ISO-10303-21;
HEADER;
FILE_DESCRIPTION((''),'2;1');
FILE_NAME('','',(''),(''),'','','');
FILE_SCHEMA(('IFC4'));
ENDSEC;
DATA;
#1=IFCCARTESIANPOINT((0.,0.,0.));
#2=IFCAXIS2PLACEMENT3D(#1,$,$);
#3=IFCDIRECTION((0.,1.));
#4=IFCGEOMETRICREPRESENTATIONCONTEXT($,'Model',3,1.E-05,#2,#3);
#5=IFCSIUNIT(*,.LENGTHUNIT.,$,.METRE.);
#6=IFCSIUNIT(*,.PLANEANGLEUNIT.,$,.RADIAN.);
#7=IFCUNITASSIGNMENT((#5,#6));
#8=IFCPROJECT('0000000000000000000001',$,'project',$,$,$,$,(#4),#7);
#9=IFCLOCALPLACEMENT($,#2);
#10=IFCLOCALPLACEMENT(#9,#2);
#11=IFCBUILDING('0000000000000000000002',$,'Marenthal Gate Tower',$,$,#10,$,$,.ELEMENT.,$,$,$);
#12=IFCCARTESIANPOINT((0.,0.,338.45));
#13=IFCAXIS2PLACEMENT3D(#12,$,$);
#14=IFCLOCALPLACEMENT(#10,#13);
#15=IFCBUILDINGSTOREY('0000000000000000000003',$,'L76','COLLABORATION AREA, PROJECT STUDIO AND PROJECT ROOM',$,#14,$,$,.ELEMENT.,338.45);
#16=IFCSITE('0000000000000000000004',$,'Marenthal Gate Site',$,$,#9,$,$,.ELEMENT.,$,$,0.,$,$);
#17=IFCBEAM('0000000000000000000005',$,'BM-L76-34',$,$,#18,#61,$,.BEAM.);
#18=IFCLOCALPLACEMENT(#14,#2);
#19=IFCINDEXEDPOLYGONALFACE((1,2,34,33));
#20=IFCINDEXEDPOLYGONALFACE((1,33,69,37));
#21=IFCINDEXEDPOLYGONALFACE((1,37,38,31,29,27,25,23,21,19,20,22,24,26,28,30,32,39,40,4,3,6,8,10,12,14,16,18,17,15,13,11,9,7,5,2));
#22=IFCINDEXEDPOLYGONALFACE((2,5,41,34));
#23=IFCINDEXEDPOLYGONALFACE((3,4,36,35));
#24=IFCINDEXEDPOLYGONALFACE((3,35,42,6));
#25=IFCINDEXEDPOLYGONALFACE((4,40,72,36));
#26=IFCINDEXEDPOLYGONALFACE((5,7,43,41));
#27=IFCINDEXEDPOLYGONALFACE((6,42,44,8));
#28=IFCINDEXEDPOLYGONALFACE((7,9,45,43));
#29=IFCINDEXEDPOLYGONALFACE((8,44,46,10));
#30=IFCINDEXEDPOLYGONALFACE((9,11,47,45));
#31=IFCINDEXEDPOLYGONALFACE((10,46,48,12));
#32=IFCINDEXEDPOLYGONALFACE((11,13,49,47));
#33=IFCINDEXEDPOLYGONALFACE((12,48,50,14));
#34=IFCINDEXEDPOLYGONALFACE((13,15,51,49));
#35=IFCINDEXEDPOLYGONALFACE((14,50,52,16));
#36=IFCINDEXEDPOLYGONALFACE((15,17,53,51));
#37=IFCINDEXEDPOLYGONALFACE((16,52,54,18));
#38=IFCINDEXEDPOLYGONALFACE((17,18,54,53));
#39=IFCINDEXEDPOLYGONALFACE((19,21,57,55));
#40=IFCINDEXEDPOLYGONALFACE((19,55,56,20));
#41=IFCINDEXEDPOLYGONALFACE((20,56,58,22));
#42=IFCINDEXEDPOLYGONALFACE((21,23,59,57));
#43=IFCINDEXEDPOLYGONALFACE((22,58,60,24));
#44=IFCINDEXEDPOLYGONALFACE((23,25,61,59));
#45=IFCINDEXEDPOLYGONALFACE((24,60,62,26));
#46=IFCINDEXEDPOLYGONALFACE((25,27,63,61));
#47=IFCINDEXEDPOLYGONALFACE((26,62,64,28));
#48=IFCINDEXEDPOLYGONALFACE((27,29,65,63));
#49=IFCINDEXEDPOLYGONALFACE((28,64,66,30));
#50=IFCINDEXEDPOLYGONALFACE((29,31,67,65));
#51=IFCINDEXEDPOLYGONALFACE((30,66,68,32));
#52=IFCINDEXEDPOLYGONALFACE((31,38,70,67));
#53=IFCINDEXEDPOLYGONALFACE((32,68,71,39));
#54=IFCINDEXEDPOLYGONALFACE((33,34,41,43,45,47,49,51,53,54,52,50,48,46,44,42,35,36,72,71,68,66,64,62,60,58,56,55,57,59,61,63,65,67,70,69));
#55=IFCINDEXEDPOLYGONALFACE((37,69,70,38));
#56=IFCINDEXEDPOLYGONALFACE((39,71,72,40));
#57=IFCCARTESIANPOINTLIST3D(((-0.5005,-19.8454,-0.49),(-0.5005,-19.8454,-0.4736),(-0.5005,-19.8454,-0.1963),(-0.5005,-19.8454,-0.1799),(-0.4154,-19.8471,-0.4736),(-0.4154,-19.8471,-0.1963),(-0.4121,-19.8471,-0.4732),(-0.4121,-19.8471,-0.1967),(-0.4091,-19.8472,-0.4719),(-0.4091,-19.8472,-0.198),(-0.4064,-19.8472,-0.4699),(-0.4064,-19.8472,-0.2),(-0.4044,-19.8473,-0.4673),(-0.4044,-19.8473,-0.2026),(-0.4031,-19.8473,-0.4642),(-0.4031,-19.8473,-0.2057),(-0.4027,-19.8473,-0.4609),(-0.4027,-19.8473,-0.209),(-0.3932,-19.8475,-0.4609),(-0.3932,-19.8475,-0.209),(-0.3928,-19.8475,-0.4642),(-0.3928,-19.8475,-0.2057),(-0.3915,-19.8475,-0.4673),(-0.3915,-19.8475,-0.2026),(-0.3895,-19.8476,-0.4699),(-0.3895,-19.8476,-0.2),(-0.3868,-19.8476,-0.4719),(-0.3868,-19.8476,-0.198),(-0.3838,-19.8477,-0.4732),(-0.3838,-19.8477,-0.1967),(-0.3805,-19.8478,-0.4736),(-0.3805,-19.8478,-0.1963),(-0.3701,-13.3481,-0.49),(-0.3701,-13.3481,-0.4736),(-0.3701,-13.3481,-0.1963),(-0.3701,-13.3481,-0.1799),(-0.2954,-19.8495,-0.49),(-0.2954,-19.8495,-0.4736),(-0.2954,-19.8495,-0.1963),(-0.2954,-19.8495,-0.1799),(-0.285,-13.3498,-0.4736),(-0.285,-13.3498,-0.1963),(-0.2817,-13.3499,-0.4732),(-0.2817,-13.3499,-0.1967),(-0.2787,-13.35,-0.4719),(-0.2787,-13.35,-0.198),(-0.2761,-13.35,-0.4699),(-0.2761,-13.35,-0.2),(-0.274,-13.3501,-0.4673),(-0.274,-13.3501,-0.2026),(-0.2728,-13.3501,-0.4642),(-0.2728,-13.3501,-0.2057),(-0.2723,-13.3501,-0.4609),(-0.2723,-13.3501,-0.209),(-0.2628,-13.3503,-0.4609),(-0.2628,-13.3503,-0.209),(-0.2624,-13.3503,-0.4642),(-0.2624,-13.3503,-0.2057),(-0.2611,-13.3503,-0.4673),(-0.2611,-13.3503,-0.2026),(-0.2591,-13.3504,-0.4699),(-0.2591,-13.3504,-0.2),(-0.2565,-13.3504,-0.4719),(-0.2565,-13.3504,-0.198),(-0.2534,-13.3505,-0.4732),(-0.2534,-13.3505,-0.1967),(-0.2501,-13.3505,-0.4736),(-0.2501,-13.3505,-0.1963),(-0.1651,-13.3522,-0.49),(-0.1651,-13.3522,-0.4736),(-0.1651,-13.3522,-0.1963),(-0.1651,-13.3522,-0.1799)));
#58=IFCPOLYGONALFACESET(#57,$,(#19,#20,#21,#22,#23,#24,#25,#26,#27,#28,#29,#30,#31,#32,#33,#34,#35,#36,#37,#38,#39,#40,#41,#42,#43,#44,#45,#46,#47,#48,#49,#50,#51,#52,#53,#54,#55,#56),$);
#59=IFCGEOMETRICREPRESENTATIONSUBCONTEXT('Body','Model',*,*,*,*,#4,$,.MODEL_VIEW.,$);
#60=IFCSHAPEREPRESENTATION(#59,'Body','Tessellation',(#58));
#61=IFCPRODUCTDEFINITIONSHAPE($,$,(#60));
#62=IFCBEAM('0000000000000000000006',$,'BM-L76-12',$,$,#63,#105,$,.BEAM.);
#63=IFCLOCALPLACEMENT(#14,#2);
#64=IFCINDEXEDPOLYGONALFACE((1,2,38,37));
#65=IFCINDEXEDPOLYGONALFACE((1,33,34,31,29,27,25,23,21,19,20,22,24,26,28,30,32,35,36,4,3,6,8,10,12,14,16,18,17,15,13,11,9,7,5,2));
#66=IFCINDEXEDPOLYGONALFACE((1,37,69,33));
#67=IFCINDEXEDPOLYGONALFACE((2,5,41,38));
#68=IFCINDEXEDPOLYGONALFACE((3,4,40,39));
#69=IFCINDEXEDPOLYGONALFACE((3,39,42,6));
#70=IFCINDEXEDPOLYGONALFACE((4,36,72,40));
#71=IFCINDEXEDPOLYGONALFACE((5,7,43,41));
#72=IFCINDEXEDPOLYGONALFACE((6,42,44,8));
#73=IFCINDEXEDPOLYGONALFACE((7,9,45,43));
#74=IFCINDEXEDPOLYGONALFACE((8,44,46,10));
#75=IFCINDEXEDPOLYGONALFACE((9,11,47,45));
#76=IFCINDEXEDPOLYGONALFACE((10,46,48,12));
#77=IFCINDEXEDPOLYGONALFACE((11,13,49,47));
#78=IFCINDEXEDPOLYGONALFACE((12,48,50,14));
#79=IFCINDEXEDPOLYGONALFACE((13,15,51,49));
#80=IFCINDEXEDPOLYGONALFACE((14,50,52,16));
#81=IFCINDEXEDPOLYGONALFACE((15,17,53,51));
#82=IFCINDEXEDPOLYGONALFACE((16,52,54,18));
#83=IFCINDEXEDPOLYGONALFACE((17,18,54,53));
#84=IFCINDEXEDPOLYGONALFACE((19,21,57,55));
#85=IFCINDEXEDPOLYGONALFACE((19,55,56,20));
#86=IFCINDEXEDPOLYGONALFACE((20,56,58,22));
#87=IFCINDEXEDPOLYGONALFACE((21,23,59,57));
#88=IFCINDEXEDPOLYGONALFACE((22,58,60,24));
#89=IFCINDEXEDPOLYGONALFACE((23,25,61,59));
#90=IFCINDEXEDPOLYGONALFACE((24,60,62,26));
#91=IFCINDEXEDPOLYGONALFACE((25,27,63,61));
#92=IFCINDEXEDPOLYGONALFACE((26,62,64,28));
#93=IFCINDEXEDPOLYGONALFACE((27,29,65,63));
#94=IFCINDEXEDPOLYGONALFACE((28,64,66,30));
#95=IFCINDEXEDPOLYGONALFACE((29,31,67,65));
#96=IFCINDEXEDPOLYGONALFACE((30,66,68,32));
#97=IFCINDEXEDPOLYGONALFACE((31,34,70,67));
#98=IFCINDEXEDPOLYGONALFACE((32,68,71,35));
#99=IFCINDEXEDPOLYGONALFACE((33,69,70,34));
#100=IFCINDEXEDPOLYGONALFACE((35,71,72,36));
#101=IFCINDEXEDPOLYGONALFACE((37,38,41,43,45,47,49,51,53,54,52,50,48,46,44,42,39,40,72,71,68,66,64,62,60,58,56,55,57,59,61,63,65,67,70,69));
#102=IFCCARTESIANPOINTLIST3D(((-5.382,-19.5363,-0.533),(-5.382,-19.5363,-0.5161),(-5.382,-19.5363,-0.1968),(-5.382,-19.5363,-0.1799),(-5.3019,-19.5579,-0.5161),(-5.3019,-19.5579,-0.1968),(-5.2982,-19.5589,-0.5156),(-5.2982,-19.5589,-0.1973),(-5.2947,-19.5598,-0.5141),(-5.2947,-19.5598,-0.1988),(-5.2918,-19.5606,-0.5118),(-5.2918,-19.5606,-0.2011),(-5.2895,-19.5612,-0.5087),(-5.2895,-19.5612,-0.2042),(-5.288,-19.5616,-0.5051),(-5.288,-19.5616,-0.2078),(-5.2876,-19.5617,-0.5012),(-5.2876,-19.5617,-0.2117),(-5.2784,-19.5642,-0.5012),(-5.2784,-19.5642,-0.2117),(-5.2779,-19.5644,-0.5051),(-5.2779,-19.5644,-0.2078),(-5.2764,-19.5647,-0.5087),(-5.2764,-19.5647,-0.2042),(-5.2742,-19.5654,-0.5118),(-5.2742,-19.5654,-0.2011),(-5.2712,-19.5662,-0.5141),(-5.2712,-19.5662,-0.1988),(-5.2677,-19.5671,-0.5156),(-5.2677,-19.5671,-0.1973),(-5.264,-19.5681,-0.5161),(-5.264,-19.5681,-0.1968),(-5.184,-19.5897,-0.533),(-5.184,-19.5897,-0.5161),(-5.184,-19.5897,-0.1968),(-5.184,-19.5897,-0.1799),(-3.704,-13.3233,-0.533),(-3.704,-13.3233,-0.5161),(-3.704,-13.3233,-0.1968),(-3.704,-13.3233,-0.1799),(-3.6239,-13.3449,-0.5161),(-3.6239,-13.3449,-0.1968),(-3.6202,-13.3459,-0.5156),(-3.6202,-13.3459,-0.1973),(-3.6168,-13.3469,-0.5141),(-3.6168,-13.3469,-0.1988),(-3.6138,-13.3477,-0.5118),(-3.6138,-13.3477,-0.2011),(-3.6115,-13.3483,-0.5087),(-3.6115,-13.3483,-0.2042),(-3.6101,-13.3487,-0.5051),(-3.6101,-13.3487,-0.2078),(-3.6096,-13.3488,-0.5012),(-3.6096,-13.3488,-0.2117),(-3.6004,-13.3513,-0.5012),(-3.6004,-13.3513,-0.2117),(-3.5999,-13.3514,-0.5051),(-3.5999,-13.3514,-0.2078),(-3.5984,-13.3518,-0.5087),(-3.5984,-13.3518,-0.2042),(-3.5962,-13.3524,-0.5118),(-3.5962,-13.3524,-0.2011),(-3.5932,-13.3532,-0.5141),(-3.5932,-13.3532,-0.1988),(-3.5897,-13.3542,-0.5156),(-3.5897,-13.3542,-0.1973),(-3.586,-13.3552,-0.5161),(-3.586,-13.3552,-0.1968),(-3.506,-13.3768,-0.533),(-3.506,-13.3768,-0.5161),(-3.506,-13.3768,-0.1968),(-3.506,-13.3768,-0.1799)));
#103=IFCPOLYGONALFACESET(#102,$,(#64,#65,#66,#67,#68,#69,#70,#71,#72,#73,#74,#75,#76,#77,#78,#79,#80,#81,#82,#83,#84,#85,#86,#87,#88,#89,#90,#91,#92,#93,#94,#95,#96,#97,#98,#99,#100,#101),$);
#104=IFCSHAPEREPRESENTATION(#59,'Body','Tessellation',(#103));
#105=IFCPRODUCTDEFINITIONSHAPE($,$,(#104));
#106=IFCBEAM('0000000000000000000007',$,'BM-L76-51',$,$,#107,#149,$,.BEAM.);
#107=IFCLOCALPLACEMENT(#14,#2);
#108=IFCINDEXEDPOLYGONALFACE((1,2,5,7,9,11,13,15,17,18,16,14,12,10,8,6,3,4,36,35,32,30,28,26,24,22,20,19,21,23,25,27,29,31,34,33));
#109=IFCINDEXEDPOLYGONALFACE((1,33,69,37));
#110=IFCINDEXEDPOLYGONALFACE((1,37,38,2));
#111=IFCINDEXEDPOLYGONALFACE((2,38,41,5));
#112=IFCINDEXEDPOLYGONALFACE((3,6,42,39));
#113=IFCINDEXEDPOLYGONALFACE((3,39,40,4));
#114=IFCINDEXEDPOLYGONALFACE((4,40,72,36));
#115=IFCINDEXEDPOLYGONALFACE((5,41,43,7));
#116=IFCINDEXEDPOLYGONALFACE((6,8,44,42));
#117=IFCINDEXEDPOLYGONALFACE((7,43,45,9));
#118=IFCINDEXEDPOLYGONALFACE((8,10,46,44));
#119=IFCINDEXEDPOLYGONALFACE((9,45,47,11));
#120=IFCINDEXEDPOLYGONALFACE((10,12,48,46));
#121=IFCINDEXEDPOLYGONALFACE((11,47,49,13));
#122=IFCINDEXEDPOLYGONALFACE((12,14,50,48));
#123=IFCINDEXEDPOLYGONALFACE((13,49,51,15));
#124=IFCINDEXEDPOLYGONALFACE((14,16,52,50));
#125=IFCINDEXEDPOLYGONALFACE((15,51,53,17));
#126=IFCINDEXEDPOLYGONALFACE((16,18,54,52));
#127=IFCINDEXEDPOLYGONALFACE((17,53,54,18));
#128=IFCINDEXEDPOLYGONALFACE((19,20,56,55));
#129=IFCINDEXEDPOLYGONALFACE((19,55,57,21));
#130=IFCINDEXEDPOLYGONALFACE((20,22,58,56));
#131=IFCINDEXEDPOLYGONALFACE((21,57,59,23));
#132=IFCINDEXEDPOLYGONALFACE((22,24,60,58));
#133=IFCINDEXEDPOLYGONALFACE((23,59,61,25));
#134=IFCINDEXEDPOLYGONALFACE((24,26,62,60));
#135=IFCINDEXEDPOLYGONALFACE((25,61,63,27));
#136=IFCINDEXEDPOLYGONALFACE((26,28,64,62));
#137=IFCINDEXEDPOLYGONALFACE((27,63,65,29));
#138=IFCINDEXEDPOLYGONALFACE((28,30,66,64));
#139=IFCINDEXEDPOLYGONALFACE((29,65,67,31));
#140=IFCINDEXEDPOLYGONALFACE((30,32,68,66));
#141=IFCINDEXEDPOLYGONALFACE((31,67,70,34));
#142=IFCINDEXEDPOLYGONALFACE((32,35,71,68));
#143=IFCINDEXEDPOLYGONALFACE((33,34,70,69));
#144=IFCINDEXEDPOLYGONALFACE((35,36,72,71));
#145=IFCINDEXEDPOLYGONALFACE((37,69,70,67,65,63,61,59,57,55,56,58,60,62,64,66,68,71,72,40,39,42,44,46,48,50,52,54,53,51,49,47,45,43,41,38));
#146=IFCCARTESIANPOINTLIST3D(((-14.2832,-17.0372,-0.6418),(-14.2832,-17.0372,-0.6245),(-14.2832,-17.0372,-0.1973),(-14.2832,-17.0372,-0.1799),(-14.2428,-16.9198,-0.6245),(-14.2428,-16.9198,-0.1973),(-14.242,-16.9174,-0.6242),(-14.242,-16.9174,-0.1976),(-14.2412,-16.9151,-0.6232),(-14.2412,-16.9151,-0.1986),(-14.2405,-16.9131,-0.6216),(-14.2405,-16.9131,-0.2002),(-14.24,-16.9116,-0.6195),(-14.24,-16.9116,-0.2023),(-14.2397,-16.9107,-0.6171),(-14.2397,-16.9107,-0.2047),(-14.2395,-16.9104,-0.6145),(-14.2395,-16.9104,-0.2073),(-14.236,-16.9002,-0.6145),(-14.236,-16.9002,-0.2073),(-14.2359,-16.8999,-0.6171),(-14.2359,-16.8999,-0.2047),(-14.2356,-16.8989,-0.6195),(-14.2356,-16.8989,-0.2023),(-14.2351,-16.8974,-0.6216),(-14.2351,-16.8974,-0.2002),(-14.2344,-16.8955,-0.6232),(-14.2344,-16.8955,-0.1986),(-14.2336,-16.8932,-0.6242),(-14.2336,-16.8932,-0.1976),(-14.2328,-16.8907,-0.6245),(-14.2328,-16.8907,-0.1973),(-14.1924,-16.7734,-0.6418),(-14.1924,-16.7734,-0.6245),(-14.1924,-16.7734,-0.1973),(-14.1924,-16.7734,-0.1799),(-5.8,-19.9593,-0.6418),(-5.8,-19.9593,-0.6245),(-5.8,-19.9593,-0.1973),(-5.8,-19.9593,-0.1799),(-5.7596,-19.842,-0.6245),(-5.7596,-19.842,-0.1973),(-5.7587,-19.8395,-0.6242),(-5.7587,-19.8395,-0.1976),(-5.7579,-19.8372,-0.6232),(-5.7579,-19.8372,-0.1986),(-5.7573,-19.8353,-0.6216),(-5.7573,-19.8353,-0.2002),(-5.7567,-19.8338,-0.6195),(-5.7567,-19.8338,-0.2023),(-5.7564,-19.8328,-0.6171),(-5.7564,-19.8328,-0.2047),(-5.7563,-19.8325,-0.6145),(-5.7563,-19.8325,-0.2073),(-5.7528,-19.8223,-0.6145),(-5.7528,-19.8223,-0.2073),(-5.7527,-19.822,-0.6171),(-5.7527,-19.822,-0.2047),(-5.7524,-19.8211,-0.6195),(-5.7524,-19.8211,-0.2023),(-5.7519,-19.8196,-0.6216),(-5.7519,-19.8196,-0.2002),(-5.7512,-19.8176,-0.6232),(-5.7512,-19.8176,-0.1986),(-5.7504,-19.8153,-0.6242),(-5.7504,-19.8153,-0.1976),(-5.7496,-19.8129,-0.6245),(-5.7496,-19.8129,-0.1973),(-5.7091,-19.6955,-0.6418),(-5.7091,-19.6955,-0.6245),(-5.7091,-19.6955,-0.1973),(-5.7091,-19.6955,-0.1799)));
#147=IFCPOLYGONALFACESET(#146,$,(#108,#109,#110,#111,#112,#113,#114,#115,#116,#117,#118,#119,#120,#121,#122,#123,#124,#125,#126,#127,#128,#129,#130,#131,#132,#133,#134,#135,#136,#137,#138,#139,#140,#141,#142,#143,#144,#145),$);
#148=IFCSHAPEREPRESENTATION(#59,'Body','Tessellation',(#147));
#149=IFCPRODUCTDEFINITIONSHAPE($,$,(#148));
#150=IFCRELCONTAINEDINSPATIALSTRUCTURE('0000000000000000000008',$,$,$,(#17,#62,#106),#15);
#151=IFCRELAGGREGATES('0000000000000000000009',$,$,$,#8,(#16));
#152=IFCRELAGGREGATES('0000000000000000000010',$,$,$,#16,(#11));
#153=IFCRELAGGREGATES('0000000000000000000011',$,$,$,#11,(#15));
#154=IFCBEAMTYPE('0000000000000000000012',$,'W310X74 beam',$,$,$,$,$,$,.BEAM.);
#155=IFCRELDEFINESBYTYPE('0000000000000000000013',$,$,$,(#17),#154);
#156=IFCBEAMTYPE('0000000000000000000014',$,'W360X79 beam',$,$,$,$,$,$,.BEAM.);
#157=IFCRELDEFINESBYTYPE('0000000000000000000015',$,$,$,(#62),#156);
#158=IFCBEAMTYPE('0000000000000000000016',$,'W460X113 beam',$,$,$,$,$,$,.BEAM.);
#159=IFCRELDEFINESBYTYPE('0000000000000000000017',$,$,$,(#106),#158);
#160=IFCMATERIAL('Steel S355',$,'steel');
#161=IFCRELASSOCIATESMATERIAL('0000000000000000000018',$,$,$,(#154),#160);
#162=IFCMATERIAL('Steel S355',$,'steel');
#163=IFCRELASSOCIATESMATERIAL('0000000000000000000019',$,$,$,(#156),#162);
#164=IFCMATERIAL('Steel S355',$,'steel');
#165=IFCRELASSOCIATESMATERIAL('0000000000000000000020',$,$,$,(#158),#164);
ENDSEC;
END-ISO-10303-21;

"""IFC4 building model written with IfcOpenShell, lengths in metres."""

from ifc_helpers import new_model, si_unit, direction, frame, origin, origin_2d, place, context, subcontext, project, spatial, i_section, extrude, material, material_profile, profile_set, type_object, element, save


model = new_model("IFC4")

# Units and contexts
model_context = context("Model", 3, precision=1e-05, world=origin(), true_north=direction((0.0, 1.0)))
body_context = subcontext(model_context, "Body", "Model", "MODEL_VIEW")
ifc_project = project(units=[si_unit("LENGTHUNIT", "METRE"), si_unit("PLANEANGLEUNIT", "RADIAN")], contexts=[model_context])

# Site, building, storey
site_placement = place(None, origin())
site = spatial("IfcSite", under=ifc_project, at=site_placement, Name="Marenthal Gate Site", CompositionType="ELEMENT", RefElevation=0.0)
building_placement = place(site_placement, origin())
building = spatial("IfcBuilding", under=site, at=building_placement, Name="Marenthal Gate Tower", CompositionType="ELEMENT")
storey_placement = place(building_placement, frame((0.0, 0.0, 338.45)))
storey = spatial("IfcBuildingStorey", under=building, at=storey_placement, Name="L76", Description="COLLABORATION AREA, PROJECT STUDIO AND PROJECT ROOM", CompositionType="ELEMENT", Elevation=338.45)

# Beams
ifc_material_1 = material(Name="Steel S355", Category="steel")
ifc_material_profile_1 = material_profile(ifc_material_1, i_section(OverallWidth=0.2051, OverallDepth=0.3101, WebThickness=0.0095, FlangeThickness=0.0164, FilletRadius=0.0127, at=origin_2d()), Name="W310X74")
ifc_profile_set_1 = profile_set([ifc_material_profile_1], Name="Steel S355")
beam_type_1 = type_object("IfcBeamType", Name="W310X74 beam", PredefinedType="BEAM", material=ifc_profile_set_1)
beam_1_placement = place(storey_placement, frame((-0.3979, -19.8474, -0.335), z_axis=(0.020061, 0.999799, 0.0), x_axis=(-0.999799, 0.020061, 0.0)))
element("IfcBeam", 1, at=beam_1_placement, inside=storey, type_object=beam_type_1, Name="BM-L76-34", PredefinedType="BEAM", context=body_context, shape_type="SweptSolid", body=[
    extrude(i_section(OverallWidth=0.2051, OverallDepth=0.3101, WebThickness=0.0095, FlangeThickness=0.0164, FilletRadius=0.0127, at=origin_2d()), origin(), (0.0, 0.0, 1.0), 6.4985),
])
ifc_material_2 = material(Name="Steel S355", Category="steel")
ifc_material_profile_2 = material_profile(ifc_material_2, i_section(OverallWidth=0.2051, OverallDepth=0.353, WebThickness=0.0095, FlangeThickness=0.0168, FilletRadius=0.0149, at=origin_2d()), Name="W360X79")
ifc_profile_set_2 = profile_set([ifc_material_profile_2], Name="Steel S355")
beam_type_2 = type_object("IfcBeamType", Name="W360X79 beam", PredefinedType="BEAM", material=ifc_profile_set_2)
beam_2_placement = place(storey_placement, frame((-5.283, -19.563, -0.3564), z_axis=(0.260738, 0.96541, 0.0), x_axis=(-0.96541, 0.260738, 0.0)))
element("IfcBeam", 2, at=beam_2_placement, inside=storey, type_object=beam_type_2, Name="BM-L76-12", PredefinedType="BEAM", context=body_context, shape_type="SweptSolid", body=[
    extrude(i_section(OverallWidth=0.2051, OverallDepth=0.353, WebThickness=0.0095, FlangeThickness=0.0168, FilletRadius=0.0149, at=origin_2d()), origin(), (0.0, 0.0, 1.0), 6.4355),
])
ifc_material_3 = material(Name="Steel S355", Category="steel")
ifc_material_profile_3 = material_profile(ifc_material_3, i_section(OverallWidth=0.2791, OverallDepth=0.4619, WebThickness=0.0107, FlangeThickness=0.0173, FilletRadius=0.01, at=origin_2d()), Name="W460X113")
ifc_profile_set_3 = profile_set([ifc_material_profile_3], Name="Steel S355")
beam_type_3 = type_object("IfcBeamType", Name="W460X113 beam", PredefinedType="BEAM", material=ifc_profile_set_3)
beam_3_placement = place(storey_placement, frame((-14.2378, -16.9053, -0.4109), z_axis=(0.94548, -0.325681, 0.0), x_axis=(0.325681, 0.94548, 0.0)))
element("IfcBeam", 3, at=beam_3_placement, inside=storey, type_object=beam_type_3, Name="BM-L76-51", PredefinedType="BEAM", context=body_context, shape_type="SweptSolid", body=[
    extrude(i_section(OverallWidth=0.2791, OverallDepth=0.4619, WebThickness=0.0107, FlangeThickness=0.0173, FilletRadius=0.01, at=origin_2d()), origin(), (0.0, 0.0, 1.0), 8.9724),
])

save(model, "model.ifc")
